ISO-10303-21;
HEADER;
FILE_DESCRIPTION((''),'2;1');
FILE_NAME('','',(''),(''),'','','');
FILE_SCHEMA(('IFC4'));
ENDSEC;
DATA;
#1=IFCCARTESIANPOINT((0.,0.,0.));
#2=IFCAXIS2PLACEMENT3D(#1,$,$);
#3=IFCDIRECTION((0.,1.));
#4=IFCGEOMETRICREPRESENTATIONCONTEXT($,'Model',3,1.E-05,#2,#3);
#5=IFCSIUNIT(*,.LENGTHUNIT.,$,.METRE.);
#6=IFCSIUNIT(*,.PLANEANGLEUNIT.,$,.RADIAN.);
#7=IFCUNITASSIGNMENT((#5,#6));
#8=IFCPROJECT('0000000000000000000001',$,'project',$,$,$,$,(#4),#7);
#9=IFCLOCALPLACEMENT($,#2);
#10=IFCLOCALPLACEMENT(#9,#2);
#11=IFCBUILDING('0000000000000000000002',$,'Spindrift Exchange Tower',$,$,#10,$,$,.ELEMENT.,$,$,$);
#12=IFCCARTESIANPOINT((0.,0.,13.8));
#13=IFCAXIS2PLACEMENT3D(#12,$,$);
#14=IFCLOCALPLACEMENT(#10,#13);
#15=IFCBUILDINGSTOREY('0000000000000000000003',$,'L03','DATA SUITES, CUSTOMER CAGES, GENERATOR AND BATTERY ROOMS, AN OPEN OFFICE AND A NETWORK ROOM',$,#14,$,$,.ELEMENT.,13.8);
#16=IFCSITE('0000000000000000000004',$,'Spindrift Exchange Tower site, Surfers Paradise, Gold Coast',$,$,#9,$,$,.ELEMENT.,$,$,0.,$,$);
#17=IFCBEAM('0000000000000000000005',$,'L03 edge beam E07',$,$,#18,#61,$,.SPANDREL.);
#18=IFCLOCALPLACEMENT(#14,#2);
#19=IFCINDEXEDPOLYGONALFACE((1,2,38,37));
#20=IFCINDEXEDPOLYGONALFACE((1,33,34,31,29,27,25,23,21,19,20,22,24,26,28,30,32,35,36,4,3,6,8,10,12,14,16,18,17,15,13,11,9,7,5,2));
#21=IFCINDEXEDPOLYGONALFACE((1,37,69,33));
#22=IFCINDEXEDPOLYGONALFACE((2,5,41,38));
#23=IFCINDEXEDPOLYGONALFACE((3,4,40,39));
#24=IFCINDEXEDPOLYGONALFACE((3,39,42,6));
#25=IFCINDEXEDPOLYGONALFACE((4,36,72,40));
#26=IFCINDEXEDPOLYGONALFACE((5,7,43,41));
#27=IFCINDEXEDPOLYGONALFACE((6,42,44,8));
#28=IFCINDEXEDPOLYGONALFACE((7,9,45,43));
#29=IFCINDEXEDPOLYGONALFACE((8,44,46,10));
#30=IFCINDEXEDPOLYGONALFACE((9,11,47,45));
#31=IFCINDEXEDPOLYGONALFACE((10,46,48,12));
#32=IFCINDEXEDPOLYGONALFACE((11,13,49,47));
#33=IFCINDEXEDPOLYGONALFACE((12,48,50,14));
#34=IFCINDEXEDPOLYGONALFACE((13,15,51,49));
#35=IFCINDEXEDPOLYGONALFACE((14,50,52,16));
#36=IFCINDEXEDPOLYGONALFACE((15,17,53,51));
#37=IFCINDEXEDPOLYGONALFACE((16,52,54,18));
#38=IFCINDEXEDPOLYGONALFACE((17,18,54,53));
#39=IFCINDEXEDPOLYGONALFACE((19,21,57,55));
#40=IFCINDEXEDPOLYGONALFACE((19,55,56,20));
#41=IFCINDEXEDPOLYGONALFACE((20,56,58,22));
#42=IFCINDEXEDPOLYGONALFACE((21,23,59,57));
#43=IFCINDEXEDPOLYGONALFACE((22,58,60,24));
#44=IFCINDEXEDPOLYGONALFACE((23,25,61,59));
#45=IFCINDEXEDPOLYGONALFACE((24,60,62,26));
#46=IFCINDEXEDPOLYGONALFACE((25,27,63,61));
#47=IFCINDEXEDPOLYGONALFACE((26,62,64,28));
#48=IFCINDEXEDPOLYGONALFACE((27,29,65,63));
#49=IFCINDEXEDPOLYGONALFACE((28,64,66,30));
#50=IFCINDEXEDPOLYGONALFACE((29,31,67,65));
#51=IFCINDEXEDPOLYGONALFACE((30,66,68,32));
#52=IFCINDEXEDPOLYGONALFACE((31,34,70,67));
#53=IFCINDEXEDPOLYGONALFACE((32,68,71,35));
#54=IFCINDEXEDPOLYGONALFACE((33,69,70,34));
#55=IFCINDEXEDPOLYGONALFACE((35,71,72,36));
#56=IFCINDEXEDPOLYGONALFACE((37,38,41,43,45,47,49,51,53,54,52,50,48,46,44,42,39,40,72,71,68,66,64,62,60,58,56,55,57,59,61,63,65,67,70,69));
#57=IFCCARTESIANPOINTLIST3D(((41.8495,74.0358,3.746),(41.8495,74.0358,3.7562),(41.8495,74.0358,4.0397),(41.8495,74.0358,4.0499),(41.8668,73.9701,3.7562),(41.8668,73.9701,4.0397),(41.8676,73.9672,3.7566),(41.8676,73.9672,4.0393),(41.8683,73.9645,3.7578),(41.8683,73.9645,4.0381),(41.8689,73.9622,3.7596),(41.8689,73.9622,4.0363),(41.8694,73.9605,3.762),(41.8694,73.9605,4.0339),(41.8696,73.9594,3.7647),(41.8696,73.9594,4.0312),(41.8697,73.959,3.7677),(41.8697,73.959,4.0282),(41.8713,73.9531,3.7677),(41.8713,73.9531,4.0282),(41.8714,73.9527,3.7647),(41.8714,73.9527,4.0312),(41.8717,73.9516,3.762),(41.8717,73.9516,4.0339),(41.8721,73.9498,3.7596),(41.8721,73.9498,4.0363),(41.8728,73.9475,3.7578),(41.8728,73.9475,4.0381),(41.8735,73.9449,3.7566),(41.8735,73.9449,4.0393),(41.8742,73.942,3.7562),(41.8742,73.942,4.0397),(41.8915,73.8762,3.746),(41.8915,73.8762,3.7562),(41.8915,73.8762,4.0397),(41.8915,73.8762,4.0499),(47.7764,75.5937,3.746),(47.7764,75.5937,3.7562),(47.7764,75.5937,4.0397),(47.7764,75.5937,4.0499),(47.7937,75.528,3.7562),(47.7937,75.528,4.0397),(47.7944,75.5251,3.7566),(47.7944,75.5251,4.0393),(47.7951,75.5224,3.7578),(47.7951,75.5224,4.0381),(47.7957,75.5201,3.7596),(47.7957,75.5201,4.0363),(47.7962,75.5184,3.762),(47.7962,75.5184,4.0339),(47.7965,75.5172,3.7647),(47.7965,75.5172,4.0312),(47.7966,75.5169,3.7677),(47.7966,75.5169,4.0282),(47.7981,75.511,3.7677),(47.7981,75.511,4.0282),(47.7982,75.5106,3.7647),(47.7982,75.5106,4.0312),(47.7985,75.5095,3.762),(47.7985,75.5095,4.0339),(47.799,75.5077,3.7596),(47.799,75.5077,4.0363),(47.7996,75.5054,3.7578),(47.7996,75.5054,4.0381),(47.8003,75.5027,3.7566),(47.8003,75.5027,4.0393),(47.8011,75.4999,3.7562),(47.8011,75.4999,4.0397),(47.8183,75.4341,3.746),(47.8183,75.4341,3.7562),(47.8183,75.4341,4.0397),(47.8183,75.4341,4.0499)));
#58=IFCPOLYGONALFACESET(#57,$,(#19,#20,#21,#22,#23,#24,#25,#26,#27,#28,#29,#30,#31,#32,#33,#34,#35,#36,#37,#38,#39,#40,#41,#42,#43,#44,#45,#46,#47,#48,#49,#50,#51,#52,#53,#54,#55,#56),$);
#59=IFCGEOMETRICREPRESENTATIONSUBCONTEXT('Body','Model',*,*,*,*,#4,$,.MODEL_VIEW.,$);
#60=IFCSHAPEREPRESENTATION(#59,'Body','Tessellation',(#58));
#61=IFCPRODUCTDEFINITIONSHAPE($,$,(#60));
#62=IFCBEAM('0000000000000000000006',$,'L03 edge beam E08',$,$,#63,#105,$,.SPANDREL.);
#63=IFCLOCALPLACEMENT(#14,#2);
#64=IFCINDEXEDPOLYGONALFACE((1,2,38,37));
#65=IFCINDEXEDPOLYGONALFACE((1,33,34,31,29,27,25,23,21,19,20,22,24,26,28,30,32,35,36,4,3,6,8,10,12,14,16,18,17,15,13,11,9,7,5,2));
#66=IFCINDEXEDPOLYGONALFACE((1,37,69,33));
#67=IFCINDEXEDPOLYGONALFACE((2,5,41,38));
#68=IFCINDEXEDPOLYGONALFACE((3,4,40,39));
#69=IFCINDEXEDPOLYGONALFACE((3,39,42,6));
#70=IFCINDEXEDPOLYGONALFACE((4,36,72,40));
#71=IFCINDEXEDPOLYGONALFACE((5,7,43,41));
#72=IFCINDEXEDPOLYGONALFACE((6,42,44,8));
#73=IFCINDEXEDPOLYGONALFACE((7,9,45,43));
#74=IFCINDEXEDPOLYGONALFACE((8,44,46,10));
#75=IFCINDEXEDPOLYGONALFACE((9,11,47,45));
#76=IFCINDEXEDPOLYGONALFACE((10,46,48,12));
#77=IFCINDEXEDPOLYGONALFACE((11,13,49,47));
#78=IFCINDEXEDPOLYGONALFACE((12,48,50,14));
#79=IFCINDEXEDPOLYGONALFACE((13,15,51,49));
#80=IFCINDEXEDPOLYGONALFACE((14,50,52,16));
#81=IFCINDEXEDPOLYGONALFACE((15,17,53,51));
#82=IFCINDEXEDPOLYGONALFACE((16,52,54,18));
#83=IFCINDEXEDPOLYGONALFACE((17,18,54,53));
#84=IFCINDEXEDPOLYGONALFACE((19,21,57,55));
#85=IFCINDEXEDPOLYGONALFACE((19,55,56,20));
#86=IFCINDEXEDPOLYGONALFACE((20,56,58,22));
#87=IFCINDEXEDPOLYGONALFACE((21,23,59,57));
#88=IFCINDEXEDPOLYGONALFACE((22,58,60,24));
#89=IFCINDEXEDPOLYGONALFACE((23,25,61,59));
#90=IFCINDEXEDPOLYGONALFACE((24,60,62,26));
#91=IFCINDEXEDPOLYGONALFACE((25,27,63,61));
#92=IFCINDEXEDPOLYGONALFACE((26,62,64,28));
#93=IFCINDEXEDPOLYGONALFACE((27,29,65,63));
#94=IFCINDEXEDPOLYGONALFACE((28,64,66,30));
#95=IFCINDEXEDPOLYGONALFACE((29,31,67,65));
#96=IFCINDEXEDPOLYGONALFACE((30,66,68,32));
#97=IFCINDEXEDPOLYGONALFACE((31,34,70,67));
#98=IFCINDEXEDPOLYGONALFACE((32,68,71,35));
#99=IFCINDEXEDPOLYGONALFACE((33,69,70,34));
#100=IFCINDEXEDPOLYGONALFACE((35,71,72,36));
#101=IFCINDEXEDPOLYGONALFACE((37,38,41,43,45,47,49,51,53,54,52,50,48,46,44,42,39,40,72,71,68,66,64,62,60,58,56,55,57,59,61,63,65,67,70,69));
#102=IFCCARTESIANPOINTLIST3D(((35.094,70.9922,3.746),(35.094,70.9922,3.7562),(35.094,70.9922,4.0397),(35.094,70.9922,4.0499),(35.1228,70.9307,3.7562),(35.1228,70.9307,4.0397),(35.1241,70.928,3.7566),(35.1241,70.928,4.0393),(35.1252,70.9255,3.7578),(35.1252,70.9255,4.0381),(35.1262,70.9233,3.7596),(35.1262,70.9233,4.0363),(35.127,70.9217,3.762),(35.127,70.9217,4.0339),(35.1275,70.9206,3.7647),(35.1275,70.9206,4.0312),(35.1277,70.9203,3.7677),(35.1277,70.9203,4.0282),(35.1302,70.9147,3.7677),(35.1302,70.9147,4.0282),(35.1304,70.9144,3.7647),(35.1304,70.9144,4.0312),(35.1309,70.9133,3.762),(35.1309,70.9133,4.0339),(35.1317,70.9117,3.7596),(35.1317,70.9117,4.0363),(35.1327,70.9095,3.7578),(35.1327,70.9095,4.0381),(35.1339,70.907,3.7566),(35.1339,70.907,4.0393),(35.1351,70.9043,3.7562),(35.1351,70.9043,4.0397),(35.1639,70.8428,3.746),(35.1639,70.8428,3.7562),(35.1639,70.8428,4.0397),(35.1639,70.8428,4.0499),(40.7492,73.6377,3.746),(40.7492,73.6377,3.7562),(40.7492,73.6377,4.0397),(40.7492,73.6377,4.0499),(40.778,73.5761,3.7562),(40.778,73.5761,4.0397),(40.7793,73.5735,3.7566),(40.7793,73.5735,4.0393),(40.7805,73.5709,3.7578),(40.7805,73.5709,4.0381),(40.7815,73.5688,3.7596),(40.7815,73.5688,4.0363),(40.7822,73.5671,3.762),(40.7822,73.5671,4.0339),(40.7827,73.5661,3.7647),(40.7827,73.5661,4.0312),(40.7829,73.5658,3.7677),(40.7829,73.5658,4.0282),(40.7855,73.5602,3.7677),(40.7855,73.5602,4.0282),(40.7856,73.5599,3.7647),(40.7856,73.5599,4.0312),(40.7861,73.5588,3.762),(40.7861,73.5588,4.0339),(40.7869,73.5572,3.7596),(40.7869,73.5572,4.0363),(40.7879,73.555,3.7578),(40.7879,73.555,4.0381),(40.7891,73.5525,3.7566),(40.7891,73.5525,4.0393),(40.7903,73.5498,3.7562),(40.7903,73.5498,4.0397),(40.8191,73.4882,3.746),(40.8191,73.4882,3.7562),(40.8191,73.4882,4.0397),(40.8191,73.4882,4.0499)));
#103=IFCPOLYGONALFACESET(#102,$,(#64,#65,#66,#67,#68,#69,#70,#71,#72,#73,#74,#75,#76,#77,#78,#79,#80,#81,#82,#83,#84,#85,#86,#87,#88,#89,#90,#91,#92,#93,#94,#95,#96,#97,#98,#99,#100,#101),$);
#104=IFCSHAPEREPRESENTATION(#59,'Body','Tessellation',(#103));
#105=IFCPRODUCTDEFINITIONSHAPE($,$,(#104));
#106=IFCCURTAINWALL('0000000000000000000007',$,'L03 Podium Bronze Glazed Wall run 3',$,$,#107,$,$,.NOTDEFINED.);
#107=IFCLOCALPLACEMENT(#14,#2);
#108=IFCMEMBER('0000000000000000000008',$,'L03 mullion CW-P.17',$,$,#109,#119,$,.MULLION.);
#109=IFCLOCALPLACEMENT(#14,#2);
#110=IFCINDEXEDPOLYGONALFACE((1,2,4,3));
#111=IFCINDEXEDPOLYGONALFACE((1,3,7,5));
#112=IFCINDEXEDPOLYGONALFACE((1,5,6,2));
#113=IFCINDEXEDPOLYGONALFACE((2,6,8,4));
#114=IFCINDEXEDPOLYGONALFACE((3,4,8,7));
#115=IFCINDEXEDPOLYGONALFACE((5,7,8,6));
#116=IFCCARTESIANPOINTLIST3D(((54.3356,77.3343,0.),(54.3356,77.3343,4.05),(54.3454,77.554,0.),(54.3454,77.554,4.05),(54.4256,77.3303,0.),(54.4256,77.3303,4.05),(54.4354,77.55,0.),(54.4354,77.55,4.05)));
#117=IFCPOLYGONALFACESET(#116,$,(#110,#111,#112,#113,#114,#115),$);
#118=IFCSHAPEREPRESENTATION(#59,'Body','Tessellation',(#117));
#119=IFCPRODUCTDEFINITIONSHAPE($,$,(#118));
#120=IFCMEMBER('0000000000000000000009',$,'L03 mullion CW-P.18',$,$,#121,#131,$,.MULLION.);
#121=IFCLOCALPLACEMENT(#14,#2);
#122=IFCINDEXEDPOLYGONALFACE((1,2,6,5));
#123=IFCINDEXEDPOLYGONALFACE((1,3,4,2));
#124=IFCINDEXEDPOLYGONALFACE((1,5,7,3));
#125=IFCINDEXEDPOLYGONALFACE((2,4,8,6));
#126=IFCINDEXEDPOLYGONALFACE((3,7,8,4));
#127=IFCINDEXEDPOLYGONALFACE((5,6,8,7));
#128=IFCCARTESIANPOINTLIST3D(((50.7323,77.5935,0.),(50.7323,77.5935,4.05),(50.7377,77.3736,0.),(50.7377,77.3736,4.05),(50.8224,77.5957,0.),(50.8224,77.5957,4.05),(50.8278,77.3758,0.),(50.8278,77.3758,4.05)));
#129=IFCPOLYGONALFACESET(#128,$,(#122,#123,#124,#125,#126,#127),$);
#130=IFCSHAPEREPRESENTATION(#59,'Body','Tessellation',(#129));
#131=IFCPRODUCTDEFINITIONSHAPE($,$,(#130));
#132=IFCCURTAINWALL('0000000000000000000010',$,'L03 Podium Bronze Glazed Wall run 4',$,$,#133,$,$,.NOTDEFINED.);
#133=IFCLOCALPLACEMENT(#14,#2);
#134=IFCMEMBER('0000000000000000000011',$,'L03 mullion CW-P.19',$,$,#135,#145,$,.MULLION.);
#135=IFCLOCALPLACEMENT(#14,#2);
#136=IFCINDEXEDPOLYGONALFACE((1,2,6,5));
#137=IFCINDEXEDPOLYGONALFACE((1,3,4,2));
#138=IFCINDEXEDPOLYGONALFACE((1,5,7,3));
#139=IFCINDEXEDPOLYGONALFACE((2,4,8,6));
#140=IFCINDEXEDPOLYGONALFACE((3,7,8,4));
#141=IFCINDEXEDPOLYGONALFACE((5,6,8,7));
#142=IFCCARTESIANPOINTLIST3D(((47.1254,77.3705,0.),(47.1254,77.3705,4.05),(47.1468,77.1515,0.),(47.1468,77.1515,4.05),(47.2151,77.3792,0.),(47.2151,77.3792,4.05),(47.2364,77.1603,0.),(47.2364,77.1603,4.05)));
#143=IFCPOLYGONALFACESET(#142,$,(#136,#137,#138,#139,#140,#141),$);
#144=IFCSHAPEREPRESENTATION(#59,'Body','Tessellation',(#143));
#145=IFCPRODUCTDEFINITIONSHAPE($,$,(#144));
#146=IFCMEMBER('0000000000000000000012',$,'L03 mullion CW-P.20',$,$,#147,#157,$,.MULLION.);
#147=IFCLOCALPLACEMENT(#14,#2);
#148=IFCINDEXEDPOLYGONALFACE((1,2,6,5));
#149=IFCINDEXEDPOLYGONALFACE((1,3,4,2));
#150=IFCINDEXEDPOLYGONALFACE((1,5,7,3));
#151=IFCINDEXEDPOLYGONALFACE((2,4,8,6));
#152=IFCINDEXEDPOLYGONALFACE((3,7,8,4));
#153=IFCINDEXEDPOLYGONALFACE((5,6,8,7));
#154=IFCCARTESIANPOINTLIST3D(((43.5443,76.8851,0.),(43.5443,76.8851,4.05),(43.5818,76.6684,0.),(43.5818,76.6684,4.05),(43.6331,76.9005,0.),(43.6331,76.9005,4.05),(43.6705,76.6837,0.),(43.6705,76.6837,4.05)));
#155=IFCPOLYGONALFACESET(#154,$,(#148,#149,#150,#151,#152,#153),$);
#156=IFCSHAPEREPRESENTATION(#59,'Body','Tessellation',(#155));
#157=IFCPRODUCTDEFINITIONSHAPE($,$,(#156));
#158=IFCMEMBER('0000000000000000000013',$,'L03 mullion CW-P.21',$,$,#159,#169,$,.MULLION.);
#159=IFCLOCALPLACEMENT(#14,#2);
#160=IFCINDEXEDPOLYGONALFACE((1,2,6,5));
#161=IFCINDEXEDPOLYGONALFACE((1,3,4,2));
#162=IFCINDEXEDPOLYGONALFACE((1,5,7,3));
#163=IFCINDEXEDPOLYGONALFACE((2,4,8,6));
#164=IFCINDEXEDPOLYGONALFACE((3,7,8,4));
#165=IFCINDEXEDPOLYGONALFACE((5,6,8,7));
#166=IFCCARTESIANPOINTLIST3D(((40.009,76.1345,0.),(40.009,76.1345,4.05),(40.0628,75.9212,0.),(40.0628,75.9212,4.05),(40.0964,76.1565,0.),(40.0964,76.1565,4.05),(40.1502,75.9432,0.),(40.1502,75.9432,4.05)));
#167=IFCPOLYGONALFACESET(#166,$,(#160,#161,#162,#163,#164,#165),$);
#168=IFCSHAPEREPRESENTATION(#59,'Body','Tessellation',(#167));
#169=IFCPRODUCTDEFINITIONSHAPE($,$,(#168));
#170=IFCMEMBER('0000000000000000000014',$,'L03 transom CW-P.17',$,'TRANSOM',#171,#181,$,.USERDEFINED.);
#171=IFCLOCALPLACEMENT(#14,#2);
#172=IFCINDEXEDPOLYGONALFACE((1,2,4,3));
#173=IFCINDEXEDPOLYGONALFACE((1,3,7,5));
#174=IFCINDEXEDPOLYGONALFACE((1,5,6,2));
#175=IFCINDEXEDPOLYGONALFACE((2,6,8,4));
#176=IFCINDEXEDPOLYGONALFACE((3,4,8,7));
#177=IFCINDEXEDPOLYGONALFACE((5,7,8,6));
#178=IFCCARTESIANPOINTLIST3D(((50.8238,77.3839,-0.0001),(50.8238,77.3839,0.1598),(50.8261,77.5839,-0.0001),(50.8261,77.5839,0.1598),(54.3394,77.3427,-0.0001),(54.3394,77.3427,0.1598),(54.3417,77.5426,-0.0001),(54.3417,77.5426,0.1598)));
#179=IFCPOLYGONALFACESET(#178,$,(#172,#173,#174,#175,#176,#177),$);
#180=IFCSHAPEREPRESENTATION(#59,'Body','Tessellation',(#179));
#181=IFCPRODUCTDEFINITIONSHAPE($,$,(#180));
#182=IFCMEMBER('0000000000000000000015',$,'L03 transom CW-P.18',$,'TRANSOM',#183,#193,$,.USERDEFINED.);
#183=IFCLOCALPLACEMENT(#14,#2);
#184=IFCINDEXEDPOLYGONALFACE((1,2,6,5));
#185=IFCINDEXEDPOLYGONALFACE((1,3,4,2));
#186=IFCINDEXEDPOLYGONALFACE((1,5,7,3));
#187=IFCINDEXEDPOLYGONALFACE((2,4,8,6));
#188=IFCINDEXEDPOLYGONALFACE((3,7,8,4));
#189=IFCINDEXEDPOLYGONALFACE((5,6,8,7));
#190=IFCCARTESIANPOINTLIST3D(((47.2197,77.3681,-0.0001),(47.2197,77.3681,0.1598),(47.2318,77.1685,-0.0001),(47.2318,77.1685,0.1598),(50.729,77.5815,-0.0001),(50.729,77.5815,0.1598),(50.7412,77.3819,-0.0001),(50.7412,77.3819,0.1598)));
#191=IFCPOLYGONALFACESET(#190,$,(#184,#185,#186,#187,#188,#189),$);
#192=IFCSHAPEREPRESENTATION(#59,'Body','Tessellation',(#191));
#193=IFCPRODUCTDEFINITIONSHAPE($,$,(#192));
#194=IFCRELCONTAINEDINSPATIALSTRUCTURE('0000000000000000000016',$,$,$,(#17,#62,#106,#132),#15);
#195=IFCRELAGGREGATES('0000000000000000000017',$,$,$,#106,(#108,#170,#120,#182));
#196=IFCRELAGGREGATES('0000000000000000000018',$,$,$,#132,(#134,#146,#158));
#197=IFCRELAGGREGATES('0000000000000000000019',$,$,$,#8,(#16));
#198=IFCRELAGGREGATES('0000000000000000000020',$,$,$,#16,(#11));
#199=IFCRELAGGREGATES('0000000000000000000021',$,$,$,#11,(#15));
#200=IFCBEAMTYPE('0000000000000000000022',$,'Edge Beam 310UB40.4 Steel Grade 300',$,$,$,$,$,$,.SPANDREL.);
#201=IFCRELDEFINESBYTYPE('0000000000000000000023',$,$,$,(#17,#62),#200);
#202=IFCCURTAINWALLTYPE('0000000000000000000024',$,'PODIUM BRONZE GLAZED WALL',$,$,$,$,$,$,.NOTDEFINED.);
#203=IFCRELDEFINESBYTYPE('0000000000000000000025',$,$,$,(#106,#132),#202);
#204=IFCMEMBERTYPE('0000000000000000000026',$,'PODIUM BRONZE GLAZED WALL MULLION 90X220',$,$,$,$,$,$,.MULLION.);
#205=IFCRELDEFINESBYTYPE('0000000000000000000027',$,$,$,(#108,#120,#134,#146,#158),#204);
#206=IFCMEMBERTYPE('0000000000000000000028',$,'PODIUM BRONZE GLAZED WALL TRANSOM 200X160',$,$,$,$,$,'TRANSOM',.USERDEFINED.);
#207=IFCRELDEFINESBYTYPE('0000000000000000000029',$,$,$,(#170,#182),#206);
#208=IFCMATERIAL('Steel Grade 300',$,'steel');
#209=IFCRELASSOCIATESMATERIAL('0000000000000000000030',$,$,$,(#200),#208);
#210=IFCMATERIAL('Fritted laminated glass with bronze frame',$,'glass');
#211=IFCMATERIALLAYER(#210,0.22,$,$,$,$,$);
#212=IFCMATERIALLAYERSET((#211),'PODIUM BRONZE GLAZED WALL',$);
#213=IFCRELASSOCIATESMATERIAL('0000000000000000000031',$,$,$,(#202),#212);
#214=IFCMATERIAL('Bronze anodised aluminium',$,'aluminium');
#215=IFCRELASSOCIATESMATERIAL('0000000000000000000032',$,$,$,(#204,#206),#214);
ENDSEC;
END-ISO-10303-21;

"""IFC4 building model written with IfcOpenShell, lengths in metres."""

from ifc_helpers import new_model, si_unit, direction, frame, origin, origin_2d, place, context, subcontext, project, spatial, rectangle, i_section, extrude, source, transform, mapped, material, layer, layer_set, material_profile, profile_set, type_object, element, aggregate, save


model = new_model("IFC4")

# Units and contexts
model_context = context("Model", 3, precision=1e-05, world=origin(), true_north=direction((0.0, 1.0)))
body_context = subcontext(model_context, "Body", "Model", "MODEL_VIEW")
ifc_project = project(units=[si_unit("LENGTHUNIT", "METRE"), si_unit("PLANEANGLEUNIT", "RADIAN")], contexts=[model_context])

# Site, building, storey
site_placement = place(None, origin())
site = spatial("IfcSite", under=ifc_project, at=site_placement, Name="Spindrift Exchange Tower site, Surfers Paradise, Gold Coast", CompositionType="ELEMENT", RefElevation=0.0)
building_placement = place(site_placement, origin())
building = spatial("IfcBuilding", under=site, at=building_placement, Name="Spindrift Exchange Tower", CompositionType="ELEMENT")
storey_placement = place(building_placement, frame((0.0, 0.0, 13.8)))
storey = spatial("IfcBuildingStorey", under=building, at=storey_placement, Name="L03", Description="DATA SUITES, CUSTOMER CAGES, GENERATOR AND BATTERY ROOMS, AN OPEN OFFICE AND A NETWORK ROOM", CompositionType="ELEMENT", Elevation=13.8)

# Beams
ifc_material_1 = material(Name="Steel Grade 300", Category="steel")
ifc_material_profile_1 = material_profile(ifc_material_1, i_section(OverallWidth=0.165, OverallDepth=0.304, WebThickness=0.0061, FlangeThickness=0.0103, FilletRadius=0.0115, at=origin_2d()), Name="310UB40.4")
ifc_profile_set_1 = profile_set([ifc_material_profile_1], Name="Steel Grade 300")
beam_type_1 = type_object("IfcBeamType", Name="Edge Beam 310UB40.4 Steel Grade 300", PredefinedType="SPANDREL", material=ifc_profile_set_1)
shared_shape_1 = source(origin(), body_context, "Body", "SweptSolid", [
    extrude(i_section(OverallWidth=0.165, OverallDepth=0.304, WebThickness=0.0061, FlangeThickness=0.0103, FilletRadius=0.0115, at=origin_2d()), origin(), (0.0, 0.0, 1.0), 6.1282),
])
beam_1_placement = place(storey_placement, frame((47.7974, 75.5139, 3.8979), z_axis=(-0.967147, -0.254217, 0.0), x_axis=(0.254217, -0.967147, 0.0)))
element("IfcBeam", 1, at=beam_1_placement, inside=storey, type_object=beam_type_1, Name="L03 edge beam E07", PredefinedType="SPANDREL", context=body_context, shape_type="MappedRepresentation", body=[
    mapped(shared_shape_1, transform((0.0, 0.0, 0.0), scale=1.0)),
])
shared_shape_2 = source(origin(), body_context, "Body", "SweptSolid", [
    extrude(i_section(OverallWidth=0.165, OverallDepth=0.304, WebThickness=0.0061, FlangeThickness=0.0103, FilletRadius=0.0115, at=origin_2d()), origin(), (0.0, 0.0, 1.0), 6.2434),
])
beam_2_placement = place(storey_placement, frame((40.7842, 73.563, 3.8979), z_axis=(-0.905791, -0.423724, 0.0), x_axis=(0.423724, -0.905791, 0.0)))
element("IfcBeam", 2, at=beam_2_placement, inside=storey, type_object=beam_type_1, Name="L03 edge beam E08", PredefinedType="SPANDREL", context=body_context, shape_type="MappedRepresentation", body=[
    mapped(shared_shape_2, transform((0.0, 0.0, 0.0), scale=1.0)),
])

# Curtain walls, members
ifc_material_2 = material(Name="Fritted laminated glass with bronze frame", Category="glass")
ifc_layer_1 = layer(ifc_material_2, 0.22)
ifc_layer_set_1 = layer_set([ifc_layer_1], Name="PODIUM BRONZE GLAZED WALL")
curtain_wall_type = type_object("IfcCurtainWallType", Name="PODIUM BRONZE GLAZED WALL", PredefinedType="NOTDEFINED", material=ifc_layer_set_1)
curtain_wall_1_placement = place(storey_placement, origin())
curtain_wall_1 = element("IfcCurtainWall", 3, at=curtain_wall_1_placement, inside=storey, type_object=curtain_wall_type, Name="L03 Podium Bronze Glazed Wall run 3", PredefinedType="NOTDEFINED")
ifc_material_3 = material(Name="Bronze anodised aluminium", Category="aluminium")
ifc_material_profile_2 = material_profile(ifc_material_3, rectangle(XDim=0.0901, YDim=0.22, at=origin_2d()), Name="PODIUM BRONZE GLAZED WALL MULLION 90X220")
ifc_profile_set_2 = profile_set([ifc_material_profile_2], Name="Bronze anodised aluminium")
member_type_1 = type_object("IfcMemberType", Name="PODIUM BRONZE GLAZED WALL MULLION 90X220", PredefinedType="MULLION", material=ifc_profile_set_2)
shared_shape_3 = source(origin(), body_context, "Body", "SweptSolid", [
    extrude(rectangle(XDim=0.0901, YDim=0.22, at=origin_2d()), origin(), (0.0, 0.0, 1.0), 4.05),
])
member_1_placement = place(storey_placement, frame((54.3855, 77.4421, 0.0), z_axis=(0.0, 0.0, 1.0), x_axis=(-0.999009, 0.044519, 0.0)))
member_1 = element("IfcMember", 4, at=member_1_placement, type_object=member_type_1, Name="L03 mullion CW-P.17", PredefinedType="MULLION", context=body_context, shape_type="MappedRepresentation", body=[
    mapped(shared_shape_3, transform((0.0, 0.0, 0.0), scale=1.0)),
])
member_2_placement = place(storey_placement, frame((50.78, 77.4846, 0.0), z_axis=(0.0, 0.0, 1.0), x_axis=(-0.999699, -0.024519, 0.0)))
member_2 = element("IfcMember", 5, at=member_2_placement, type_object=member_type_1, Name="L03 mullion CW-P.18", PredefinedType="MULLION", context=body_context, shape_type="MappedRepresentation", body=[
    mapped(shared_shape_3, transform((0.0, 0.0, 0.0), scale=1.0)),
])
curtain_wall_2_placement = place(storey_placement, origin())
curtain_wall_2 = element("IfcCurtainWall", 6, at=curtain_wall_2_placement, inside=storey, type_object=curtain_wall_type, Name="L03 Podium Bronze Glazed Wall run 4", PredefinedType="NOTDEFINED")
member_3_placement = place(storey_placement, frame((47.1809, 77.2654, 0.0), z_axis=(0.0, 0.0, 1.0), x_axis=(-0.99527, -0.097146, 0.0)))
member_3 = element("IfcMember", 7, at=member_3_placement, type_object=member_type_1, Name="L03 mullion CW-P.19", PredefinedType="MULLION", context=body_context, shape_type="MappedRepresentation", body=[
    mapped(shared_shape_3, transform((0.0, 0.0, 0.0), scale=1.0)),
])
member_4_placement = place(storey_placement, frame((43.6074, 76.7844, 0.0), z_axis=(0.0, 0.0, 1.0), x_axis=(-0.985403, -0.170238, 0.0)))
member_4 = element("IfcMember", 8, at=member_4_placement, type_object=member_type_1, Name="L03 mullion CW-P.20", PredefinedType="MULLION", context=body_context, shape_type="MappedRepresentation", body=[
    mapped(shared_shape_3, transform((0.0, 0.0, 0.0), scale=1.0)),
])
member_5_placement = place(storey_placement, frame((40.0796, 76.0388, 0.0), z_axis=(0.0, 0.0, 1.0), x_axis=(-0.969661, -0.244452, 0.0)))
member_5 = element("IfcMember", 9, at=member_5_placement, type_object=member_type_1, Name="L03 mullion CW-P.21", PredefinedType="MULLION", context=body_context, shape_type="MappedRepresentation", body=[
    mapped(shared_shape_3, transform((0.0, 0.0, 0.0), scale=1.0)),
])

# Members
ifc_material_profile_3 = material_profile(ifc_material_3, rectangle(XDim=0.2, YDim=0.1599, at=origin_2d()), Name="PODIUM BRONZE GLAZED WALL TRANSOM 200X160")
ifc_profile_set_3 = profile_set([ifc_material_profile_3], Name="Bronze anodised aluminium")
member_type_2 = type_object("IfcMemberType", Name="PODIUM BRONZE GLAZED WALL TRANSOM 200X160", ElementType="TRANSOM", PredefinedType="USERDEFINED", material=ifc_profile_set_3)
shared_shape_4 = source(origin(), body_context, "Body", "SweptSolid", [
    extrude(rectangle(XDim=0.2, YDim=0.1599, at=origin_2d()), origin(), (0.0, 0.0, 1.0), 3.5159),
])
member_6_placement = place(storey_placement, frame((54.3406, 77.4426, 0.0798), z_axis=(-0.999931, 0.011735, 0.0), x_axis=(-0.011735, -0.999931, 0.0)))
member_6 = element("IfcMember", 10, at=member_6_placement, type_object=member_type_2, Name="L03 transom CW-P.17", ObjectType="TRANSOM", PredefinedType="USERDEFINED", context=body_context, shape_type="MappedRepresentation", body=[
    mapped(shared_shape_4, transform((0.0, 0.0, 0.0), scale=1.0)),
])
member_7_placement = place(storey_placement, frame((50.7351, 77.4817, 0.0798), z_axis=(-0.998157, -0.060692, 0.0), x_axis=(0.060692, -0.998157, 0.0)))
member_7 = element("IfcMember", 11, at=member_7_placement, type_object=member_type_2, Name="L03 transom CW-P.18", ObjectType="TRANSOM", PredefinedType="USERDEFINED", context=body_context, shape_type="MappedRepresentation", body=[
    mapped(shared_shape_4, transform((0.0, 0.0, 0.0), scale=1.0)),
])

aggregate(curtain_wall_1, [member_1, member_6, member_2, member_7])
aggregate(curtain_wall_2, [member_3, member_4, member_5])

save(model, "model.ifc")
